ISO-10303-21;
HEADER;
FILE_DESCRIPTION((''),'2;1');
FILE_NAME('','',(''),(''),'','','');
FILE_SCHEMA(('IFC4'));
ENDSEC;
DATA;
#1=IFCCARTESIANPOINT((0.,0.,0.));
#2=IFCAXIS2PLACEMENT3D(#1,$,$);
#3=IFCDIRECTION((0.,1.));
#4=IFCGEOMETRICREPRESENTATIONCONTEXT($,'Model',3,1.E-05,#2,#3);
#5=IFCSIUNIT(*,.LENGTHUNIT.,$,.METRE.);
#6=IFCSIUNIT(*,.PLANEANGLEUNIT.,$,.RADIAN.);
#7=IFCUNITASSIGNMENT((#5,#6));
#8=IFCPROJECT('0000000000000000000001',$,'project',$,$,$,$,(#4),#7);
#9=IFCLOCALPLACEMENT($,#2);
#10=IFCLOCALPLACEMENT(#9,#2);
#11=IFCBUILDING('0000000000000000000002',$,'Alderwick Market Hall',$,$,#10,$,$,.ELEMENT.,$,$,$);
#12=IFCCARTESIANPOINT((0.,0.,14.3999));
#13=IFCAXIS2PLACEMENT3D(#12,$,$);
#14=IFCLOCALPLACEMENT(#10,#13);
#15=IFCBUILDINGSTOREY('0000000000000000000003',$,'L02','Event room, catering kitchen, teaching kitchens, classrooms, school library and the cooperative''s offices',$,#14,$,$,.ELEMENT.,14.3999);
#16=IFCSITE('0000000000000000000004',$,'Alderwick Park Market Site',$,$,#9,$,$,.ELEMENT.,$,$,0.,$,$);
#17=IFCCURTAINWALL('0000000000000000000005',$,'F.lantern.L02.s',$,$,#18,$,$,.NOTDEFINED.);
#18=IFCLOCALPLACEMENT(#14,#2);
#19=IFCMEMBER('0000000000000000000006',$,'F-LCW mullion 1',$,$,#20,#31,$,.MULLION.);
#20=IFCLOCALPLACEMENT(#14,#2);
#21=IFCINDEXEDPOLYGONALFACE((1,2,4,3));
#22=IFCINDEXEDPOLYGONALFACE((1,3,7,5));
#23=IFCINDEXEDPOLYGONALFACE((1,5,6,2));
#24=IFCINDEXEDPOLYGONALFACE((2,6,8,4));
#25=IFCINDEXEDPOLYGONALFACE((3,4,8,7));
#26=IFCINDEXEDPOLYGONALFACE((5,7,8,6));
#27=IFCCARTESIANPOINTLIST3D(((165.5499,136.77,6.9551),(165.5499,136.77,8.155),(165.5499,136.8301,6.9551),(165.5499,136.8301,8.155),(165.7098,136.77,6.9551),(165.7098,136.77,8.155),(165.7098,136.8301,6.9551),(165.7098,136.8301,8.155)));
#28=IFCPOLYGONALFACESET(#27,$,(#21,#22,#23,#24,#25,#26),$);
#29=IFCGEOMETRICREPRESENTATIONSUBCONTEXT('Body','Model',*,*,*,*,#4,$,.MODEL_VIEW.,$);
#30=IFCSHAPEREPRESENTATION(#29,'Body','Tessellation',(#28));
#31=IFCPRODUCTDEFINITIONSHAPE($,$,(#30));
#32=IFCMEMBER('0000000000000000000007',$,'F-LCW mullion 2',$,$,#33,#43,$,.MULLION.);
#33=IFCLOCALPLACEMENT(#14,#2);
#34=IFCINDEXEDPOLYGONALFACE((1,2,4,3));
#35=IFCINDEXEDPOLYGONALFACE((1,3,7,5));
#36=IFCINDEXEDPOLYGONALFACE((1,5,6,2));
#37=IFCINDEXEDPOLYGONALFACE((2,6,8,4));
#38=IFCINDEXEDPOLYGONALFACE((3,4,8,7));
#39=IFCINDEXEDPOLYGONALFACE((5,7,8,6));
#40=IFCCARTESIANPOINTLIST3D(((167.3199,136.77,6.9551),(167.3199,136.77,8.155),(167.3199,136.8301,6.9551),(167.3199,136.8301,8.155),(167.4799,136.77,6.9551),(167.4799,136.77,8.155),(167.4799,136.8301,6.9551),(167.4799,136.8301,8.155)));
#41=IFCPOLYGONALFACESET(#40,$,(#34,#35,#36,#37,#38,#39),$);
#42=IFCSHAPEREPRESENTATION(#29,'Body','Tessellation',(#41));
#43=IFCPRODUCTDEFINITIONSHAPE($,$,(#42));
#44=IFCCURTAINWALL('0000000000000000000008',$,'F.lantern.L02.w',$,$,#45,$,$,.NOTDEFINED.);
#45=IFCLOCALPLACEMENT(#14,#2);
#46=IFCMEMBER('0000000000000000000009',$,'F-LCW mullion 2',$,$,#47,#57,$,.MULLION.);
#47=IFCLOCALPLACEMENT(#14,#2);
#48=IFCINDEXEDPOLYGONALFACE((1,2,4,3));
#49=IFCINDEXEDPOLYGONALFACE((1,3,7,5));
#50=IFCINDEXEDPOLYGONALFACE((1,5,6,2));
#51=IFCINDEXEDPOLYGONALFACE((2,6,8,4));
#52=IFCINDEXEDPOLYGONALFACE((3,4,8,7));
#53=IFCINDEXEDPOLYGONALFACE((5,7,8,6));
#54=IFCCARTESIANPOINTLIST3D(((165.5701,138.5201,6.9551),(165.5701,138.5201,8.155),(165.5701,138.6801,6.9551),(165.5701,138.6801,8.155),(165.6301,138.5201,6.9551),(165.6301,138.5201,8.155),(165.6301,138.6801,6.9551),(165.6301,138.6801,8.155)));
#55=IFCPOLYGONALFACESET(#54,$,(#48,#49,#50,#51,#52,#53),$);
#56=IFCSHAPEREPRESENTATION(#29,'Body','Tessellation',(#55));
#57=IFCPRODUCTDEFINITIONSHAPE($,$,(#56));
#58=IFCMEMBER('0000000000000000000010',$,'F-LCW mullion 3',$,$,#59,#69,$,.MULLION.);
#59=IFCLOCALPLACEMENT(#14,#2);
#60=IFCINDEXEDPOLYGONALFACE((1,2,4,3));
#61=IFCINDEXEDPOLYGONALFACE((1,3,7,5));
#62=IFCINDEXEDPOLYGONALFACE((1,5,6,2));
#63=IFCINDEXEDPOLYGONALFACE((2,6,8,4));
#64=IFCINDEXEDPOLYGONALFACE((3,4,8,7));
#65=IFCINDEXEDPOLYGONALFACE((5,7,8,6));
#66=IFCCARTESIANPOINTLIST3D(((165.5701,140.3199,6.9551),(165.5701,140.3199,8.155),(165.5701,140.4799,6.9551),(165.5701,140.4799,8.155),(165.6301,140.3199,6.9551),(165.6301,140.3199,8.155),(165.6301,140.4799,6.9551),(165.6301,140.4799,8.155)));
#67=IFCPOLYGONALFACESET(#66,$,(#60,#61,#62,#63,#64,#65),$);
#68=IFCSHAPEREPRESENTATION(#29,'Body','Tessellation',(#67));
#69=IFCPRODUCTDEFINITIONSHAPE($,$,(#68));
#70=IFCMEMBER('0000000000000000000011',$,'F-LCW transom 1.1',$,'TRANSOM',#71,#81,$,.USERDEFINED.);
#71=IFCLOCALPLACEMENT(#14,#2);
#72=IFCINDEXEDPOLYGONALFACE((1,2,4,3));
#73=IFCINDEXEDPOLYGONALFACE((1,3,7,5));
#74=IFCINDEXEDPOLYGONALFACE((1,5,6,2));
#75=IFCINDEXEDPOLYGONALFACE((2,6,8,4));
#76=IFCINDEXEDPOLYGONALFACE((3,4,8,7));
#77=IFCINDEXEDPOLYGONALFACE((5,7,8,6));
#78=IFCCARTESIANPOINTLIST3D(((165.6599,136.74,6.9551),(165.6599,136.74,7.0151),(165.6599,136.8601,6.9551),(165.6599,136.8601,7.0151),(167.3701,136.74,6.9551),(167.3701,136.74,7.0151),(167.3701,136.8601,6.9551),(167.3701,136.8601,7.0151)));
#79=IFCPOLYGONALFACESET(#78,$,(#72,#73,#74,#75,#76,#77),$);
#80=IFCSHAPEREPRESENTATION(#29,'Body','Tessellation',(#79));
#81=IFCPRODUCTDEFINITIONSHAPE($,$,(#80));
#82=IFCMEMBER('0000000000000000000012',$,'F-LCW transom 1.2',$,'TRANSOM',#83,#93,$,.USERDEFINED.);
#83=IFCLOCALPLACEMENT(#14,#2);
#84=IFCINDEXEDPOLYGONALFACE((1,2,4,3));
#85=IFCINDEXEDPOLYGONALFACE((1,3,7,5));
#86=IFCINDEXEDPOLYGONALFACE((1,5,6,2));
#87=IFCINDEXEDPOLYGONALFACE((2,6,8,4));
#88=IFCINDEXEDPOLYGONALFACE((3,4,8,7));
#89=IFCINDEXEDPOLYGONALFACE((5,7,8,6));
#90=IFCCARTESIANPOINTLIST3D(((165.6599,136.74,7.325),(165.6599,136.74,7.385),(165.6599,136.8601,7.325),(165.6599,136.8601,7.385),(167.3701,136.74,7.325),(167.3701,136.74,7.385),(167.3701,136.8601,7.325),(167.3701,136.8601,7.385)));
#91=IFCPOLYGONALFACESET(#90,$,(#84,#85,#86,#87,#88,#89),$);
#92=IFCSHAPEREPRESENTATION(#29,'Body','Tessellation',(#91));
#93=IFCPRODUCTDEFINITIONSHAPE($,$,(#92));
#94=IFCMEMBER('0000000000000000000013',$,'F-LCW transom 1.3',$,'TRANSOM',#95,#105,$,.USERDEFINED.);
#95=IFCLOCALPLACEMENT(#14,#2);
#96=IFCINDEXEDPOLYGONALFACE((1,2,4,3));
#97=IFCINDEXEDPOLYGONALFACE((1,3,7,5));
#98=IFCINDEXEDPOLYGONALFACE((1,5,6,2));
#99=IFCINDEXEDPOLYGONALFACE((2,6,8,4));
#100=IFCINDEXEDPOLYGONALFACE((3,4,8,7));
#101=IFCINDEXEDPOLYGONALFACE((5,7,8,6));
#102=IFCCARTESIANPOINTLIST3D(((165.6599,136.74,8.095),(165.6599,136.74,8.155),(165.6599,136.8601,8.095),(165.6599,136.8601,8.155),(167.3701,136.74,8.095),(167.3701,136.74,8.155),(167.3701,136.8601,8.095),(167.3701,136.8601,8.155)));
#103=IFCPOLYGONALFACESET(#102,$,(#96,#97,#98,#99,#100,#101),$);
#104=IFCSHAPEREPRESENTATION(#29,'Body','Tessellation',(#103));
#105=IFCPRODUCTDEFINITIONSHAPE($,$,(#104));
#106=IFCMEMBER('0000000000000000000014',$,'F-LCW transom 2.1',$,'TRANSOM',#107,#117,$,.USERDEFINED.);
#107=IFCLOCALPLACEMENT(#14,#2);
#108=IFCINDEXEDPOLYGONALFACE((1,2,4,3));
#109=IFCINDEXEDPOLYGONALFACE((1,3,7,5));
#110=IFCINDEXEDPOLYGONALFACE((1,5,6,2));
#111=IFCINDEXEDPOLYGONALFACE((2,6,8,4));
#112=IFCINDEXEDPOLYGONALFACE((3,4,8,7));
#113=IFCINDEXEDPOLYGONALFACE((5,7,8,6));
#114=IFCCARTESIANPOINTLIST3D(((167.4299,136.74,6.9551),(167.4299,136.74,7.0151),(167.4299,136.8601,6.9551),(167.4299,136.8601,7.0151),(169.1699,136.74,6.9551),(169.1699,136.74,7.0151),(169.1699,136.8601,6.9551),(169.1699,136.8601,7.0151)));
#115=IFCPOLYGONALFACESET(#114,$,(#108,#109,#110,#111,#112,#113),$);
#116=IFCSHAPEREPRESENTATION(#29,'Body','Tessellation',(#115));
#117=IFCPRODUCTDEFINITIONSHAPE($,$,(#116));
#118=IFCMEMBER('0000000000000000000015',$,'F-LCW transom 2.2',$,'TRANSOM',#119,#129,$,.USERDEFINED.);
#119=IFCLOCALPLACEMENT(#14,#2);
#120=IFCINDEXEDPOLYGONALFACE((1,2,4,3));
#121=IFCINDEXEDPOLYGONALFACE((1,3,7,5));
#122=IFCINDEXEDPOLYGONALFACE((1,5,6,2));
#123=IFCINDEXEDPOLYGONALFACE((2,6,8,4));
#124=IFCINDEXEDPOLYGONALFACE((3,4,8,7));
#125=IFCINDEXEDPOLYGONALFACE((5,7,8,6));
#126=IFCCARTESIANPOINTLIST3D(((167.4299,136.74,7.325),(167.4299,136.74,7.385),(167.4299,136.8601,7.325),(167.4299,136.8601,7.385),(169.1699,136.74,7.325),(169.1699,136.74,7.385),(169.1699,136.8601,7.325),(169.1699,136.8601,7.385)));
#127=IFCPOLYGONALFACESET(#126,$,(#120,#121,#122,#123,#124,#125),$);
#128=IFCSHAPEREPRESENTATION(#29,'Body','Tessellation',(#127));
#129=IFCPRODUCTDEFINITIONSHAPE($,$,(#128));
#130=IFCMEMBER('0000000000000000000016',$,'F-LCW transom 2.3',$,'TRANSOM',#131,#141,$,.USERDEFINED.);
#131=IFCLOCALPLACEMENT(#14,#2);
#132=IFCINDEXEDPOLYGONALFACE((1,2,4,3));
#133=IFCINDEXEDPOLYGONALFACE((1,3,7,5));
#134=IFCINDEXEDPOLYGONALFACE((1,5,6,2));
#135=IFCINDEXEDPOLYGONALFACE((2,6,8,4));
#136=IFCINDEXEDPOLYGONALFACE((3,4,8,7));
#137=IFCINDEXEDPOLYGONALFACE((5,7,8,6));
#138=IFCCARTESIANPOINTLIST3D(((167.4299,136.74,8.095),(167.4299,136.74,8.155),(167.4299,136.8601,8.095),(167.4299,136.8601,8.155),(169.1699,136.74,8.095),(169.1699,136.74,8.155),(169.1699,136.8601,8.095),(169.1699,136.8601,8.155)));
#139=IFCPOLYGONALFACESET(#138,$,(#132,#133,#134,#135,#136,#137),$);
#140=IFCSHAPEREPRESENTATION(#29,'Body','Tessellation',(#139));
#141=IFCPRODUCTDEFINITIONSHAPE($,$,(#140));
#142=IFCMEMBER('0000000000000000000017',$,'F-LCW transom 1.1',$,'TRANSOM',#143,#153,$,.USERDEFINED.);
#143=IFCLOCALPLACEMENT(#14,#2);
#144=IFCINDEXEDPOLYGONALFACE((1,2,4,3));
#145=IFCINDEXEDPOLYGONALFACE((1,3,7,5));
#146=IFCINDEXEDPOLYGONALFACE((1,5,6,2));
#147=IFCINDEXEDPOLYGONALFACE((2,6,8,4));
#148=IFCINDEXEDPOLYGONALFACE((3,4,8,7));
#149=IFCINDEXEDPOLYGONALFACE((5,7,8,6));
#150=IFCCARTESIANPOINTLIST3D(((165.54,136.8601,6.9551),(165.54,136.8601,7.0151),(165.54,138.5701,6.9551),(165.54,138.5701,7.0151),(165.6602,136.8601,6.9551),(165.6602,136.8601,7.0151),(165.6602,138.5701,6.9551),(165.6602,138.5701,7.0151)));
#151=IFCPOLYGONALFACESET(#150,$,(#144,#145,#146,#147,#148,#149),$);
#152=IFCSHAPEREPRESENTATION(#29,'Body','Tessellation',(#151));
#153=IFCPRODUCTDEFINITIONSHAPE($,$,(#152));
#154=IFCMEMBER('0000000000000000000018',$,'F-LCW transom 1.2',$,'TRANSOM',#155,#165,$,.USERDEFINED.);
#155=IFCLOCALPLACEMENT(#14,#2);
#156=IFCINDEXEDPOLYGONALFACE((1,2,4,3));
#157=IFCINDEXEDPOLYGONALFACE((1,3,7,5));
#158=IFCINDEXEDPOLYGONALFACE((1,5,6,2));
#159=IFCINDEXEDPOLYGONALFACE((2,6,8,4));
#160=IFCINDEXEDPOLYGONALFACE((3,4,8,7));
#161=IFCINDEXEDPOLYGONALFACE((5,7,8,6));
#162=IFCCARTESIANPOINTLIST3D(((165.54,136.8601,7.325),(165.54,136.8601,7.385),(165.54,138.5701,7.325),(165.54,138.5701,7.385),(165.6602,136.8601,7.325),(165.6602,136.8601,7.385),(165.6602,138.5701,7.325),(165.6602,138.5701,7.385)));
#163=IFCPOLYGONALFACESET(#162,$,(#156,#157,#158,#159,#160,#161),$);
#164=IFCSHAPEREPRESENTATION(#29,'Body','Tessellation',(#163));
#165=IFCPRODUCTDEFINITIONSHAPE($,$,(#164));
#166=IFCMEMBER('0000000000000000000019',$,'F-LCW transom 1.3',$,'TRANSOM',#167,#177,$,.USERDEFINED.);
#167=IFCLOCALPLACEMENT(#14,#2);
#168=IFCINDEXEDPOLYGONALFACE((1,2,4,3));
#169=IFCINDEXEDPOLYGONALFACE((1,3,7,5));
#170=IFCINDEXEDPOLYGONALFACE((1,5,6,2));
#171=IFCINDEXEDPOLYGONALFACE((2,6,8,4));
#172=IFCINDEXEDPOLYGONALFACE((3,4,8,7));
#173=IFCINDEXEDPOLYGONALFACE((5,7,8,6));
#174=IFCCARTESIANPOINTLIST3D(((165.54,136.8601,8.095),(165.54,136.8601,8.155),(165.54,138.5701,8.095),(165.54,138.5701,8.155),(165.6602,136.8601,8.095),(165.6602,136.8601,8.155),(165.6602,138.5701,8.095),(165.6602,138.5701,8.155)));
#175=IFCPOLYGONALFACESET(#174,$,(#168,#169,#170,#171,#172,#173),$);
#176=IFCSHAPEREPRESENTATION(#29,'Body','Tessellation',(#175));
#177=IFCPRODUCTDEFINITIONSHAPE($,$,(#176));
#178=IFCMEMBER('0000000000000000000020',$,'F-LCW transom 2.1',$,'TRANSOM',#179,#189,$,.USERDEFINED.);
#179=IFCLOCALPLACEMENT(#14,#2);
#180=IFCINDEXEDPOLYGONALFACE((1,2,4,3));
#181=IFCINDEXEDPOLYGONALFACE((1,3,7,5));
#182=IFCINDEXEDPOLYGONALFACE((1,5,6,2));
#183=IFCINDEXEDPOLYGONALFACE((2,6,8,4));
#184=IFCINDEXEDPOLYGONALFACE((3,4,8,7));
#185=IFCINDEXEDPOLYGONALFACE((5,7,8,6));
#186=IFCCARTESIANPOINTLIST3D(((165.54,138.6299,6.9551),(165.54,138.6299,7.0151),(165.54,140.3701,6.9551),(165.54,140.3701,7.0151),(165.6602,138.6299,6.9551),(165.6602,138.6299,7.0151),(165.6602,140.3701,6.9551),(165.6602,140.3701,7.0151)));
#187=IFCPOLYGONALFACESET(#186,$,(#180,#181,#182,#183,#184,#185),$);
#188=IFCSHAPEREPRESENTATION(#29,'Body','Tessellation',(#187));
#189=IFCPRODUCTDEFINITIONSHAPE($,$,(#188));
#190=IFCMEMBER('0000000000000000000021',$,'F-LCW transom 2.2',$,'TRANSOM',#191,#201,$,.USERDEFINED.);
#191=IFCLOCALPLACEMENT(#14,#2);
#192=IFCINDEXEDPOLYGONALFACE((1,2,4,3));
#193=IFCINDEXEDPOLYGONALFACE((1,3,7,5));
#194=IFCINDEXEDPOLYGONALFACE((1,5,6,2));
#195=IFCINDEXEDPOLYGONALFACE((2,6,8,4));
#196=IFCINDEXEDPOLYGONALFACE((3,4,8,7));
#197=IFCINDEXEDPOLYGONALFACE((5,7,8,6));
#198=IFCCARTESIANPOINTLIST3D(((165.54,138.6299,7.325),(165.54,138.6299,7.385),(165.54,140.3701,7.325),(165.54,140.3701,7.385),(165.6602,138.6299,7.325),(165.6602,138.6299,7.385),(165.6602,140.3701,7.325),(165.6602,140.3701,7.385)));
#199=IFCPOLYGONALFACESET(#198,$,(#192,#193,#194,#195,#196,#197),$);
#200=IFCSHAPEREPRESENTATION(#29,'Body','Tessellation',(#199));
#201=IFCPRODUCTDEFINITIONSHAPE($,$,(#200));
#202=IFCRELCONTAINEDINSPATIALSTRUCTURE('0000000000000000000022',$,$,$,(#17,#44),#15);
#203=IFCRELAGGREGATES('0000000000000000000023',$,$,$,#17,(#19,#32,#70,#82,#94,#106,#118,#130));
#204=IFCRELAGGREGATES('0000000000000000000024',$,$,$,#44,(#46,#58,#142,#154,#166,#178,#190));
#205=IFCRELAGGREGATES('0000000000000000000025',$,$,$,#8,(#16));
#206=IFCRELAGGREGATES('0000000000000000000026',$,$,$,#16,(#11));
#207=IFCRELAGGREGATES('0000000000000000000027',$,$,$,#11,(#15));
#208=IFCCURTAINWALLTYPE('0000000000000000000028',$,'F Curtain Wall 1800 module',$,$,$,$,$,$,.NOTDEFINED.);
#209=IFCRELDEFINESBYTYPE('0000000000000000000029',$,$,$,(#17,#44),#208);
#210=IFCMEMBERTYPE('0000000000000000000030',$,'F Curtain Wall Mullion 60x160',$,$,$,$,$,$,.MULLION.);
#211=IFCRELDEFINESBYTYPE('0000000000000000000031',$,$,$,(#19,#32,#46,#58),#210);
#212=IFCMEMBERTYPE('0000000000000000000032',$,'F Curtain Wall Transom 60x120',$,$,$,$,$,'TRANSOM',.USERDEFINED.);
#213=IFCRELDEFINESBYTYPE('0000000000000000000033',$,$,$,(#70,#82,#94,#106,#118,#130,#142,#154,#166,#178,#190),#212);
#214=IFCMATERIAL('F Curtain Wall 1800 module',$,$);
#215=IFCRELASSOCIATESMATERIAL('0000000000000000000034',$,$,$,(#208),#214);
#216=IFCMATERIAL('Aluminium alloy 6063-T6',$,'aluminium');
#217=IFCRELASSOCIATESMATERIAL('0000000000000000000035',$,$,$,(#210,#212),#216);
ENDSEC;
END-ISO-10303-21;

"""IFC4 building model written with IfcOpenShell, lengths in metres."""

from ifc_helpers import new_model, si_unit, direction, frame, origin, origin_2d, place, context, subcontext, project, spatial, rectangle, extrude, material, material_profile, profile_set, type_object, element, aggregate, save


model = new_model("IFC4")

# Units and contexts
model_context = context("Model", 3, precision=1e-05, world=origin(), true_north=direction((0.0, 1.0)))
body_context = subcontext(model_context, "Body", "Model", "MODEL_VIEW")
ifc_project = project(units=[si_unit("LENGTHUNIT", "METRE"), si_unit("PLANEANGLEUNIT", "RADIAN")], contexts=[model_context])

# Site, building, storey
site_placement = place(None, origin())
site = spatial("IfcSite", under=ifc_project, at=site_placement, Name="Alderwick Park Market Site", CompositionType="ELEMENT", RefElevation=0.0)
building_placement = place(site_placement, origin())
building = spatial("IfcBuilding", under=site, at=building_placement, Name="Alderwick Market Hall", CompositionType="ELEMENT")
storey_placement = place(building_placement, frame((0.0, 0.0, 14.3999)))
storey = spatial("IfcBuildingStorey", under=building, at=storey_placement, Name="L02", Description="Event room, catering kitchen, teaching kitchens, classrooms, school library and the cooperative's offices", CompositionType="ELEMENT", Elevation=14.3999)

# Curtain walls, members
ifc_material_1 = material(Name="F Curtain Wall 1800 module")
curtain_wall_type = type_object("IfcCurtainWallType", Name="F Curtain Wall 1800 module", PredefinedType="NOTDEFINED", material=ifc_material_1)
curtain_wall_1_placement = place(storey_placement, origin())
curtain_wall_1 = element("IfcCurtainWall", 1, at=curtain_wall_1_placement, inside=storey, type_object=curtain_wall_type, Name="F.lantern.L02.s", PredefinedType="NOTDEFINED")
ifc_material_2 = material(Name="Aluminium alloy 6063-T6", Category="aluminium")
ifc_material_profile_1 = material_profile(ifc_material_2, rectangle(XDim=0.0601, YDim=0.1599, at=origin_2d()), Name="AL 60x160")
ifc_profile_set_1 = profile_set([ifc_material_profile_1], Name="Aluminium alloy 6063-T6")
member_type_1 = type_object("IfcMemberType", Name="F Curtain Wall Mullion 60x160", PredefinedType="MULLION", material=ifc_profile_set_1)
member_1_placement = place(storey_placement, frame((165.6299, 136.8, 6.9551), z_axis=(0.0, 0.0, 1.0), x_axis=(0.0, 1.0, 0.0)))
member_1 = element("IfcMember", 2, at=member_1_placement, type_object=member_type_1, Name="F-LCW mullion 1", PredefinedType="MULLION", context=body_context, shape_type="SweptSolid", body=[
    extrude(rectangle(XDim=0.0601, YDim=0.1599, at=origin_2d()), origin(), (0.0, 0.0, 1.0), 1.2),
])
member_2_placement = place(storey_placement, frame((167.3999, 136.8, 6.9551), z_axis=(0.0, 0.0, 1.0), x_axis=(0.0, 1.0, 0.0)))
member_2 = element("IfcMember", 3, at=member_2_placement, type_object=member_type_1, Name="F-LCW mullion 2", PredefinedType="MULLION", context=body_context, shape_type="SweptSolid", body=[
    extrude(rectangle(XDim=0.0601, YDim=0.1599, at=origin_2d()), origin(), (0.0, 0.0, 1.0), 1.2),
])
curtain_wall_2_placement = place(storey_placement, origin())
curtain_wall_2 = element("IfcCurtainWall", 4, at=curtain_wall_2_placement, inside=storey, type_object=curtain_wall_type, Name="F.lantern.L02.w", PredefinedType="NOTDEFINED")
member_3_placement = place(storey_placement, frame((165.6001, 138.6001, 6.9551), z_axis=(0.0, 0.0, 1.0), x_axis=(-1.0, 0.0, 0.0)))
member_3 = element("IfcMember", 5, at=member_3_placement, type_object=member_type_1, Name="F-LCW mullion 2", PredefinedType="MULLION", context=body_context, shape_type="SweptSolid", body=[
    extrude(rectangle(XDim=0.0601, YDim=0.1599, at=origin_2d()), origin(), (0.0, 0.0, 1.0), 1.2),
])
member_4_placement = place(storey_placement, frame((165.6001, 140.3999, 6.9551), z_axis=(0.0, 0.0, 1.0), x_axis=(-1.0, 0.0, 0.0)))
member_4 = element("IfcMember", 6, at=member_4_placement, type_object=member_type_1, Name="F-LCW mullion 3", PredefinedType="MULLION", context=body_context, shape_type="SweptSolid", body=[
    extrude(rectangle(XDim=0.0601, YDim=0.1599, at=origin_2d()), origin(), (0.0, 0.0, 1.0), 1.2),
])

# Members
ifc_material_profile_2 = material_profile(ifc_material_2, rectangle(XDim=0.1201, YDim=0.0601, at=origin_2d()), Name="AL 60x120")
ifc_profile_set_2 = profile_set([ifc_material_profile_2], Name="Aluminium alloy 6063-T6")
member_type_2 = type_object("IfcMemberType", Name="F Curtain Wall Transom 60x120", ElementType="TRANSOM", PredefinedType="USERDEFINED", material=ifc_profile_set_2)
member_5_placement = place(storey_placement, frame((165.6599, 136.8, 6.9851), z_axis=(1.0, 0.0, 0.0), x_axis=(0.0, 1.0, 0.0)))
member_5 = element("IfcMember", 7, at=member_5_placement, type_object=member_type_2, Name="F-LCW transom 1.1", ObjectType="TRANSOM", PredefinedType="USERDEFINED", context=body_context, shape_type="SweptSolid", body=[
    extrude(rectangle(XDim=0.1201, YDim=0.0601, at=origin_2d()), origin(), (0.0, 0.0, 1.0), 1.7102),
])
member_6_placement = place(storey_placement, frame((165.6599, 136.8, 7.355), z_axis=(1.0, 0.0, 0.0), x_axis=(0.0, 1.0, 0.0)))
member_6 = element("IfcMember", 8, at=member_6_placement, type_object=member_type_2, Name="F-LCW transom 1.2", ObjectType="TRANSOM", PredefinedType="USERDEFINED", context=body_context, shape_type="SweptSolid", body=[
    extrude(rectangle(XDim=0.1201, YDim=0.0601, at=origin_2d()), origin(), (0.0, 0.0, 1.0), 1.7102),
])
member_7_placement = place(storey_placement, frame((165.6599, 136.8, 8.125), z_axis=(1.0, 0.0, 0.0), x_axis=(0.0, 1.0, 0.0)))
member_7 = element("IfcMember", 9, at=member_7_placement, type_object=member_type_2, Name="F-LCW transom 1.3", ObjectType="TRANSOM", PredefinedType="USERDEFINED", context=body_context, shape_type="SweptSolid", body=[
    extrude(rectangle(XDim=0.1201, YDim=0.0601, at=origin_2d()), origin(), (0.0, 0.0, 1.0), 1.7102),
])
member_8_placement = place(storey_placement, frame((167.4299, 136.8, 6.9851), z_axis=(1.0, 0.0, 0.0), x_axis=(0.0, 1.0, 0.0)))
member_8 = element("IfcMember", 10, at=member_8_placement, type_object=member_type_2, Name="F-LCW transom 2.1", ObjectType="TRANSOM", PredefinedType="USERDEFINED", context=body_context, shape_type="SweptSolid", body=[
    extrude(rectangle(XDim=0.1201, YDim=0.0601, at=origin_2d()), origin(), (0.0, 0.0, 1.0), 1.74),
])
member_9_placement = place(storey_placement, frame((167.4299, 136.8, 7.355), z_axis=(1.0, 0.0, 0.0), x_axis=(0.0, 1.0, 0.0)))
member_9 = element("IfcMember", 11, at=member_9_placement, type_object=member_type_2, Name="F-LCW transom 2.2", ObjectType="TRANSOM", PredefinedType="USERDEFINED", context=body_context, shape_type="SweptSolid", body=[
    extrude(rectangle(XDim=0.1201, YDim=0.0601, at=origin_2d()), origin(), (0.0, 0.0, 1.0), 1.74),
])
member_10_placement = place(storey_placement, frame((167.4299, 136.8, 8.125), z_axis=(1.0, 0.0, 0.0), x_axis=(0.0, 1.0, 0.0)))
member_10 = element("IfcMember", 12, at=member_10_placement, type_object=member_type_2, Name="F-LCW transom 2.3", ObjectType="TRANSOM", PredefinedType="USERDEFINED", context=body_context, shape_type="SweptSolid", body=[
    extrude(rectangle(XDim=0.1201, YDim=0.0601, at=origin_2d()), origin(), (0.0, 0.0, 1.0), 1.74),
])
member_11_placement = place(storey_placement, frame((165.6001, 136.8601, 6.9851), z_axis=(0.0, 1.0, 0.0), x_axis=(-1.0, 0.0, 0.0)))
member_11 = element("IfcMember", 13, at=member_11_placement, type_object=member_type_2, Name="F-LCW transom 1.1", ObjectType="TRANSOM", PredefinedType="USERDEFINED", context=body_context, shape_type="SweptSolid", body=[
    extrude(rectangle(XDim=0.1201, YDim=0.0601, at=origin_2d()), origin(), (0.0, 0.0, 1.0), 1.71),
])
member_12_placement = place(storey_placement, frame((165.6001, 136.8601, 7.355), z_axis=(0.0, 1.0, 0.0), x_axis=(-1.0, 0.0, 0.0)))
member_12 = element("IfcMember", 14, at=member_12_placement, type_object=member_type_2, Name="F-LCW transom 1.2", ObjectType="TRANSOM", PredefinedType="USERDEFINED", context=body_context, shape_type="SweptSolid", body=[
    extrude(rectangle(XDim=0.1201, YDim=0.0601, at=origin_2d()), origin(), (0.0, 0.0, 1.0), 1.71),
])
member_13_placement = place(storey_placement, frame((165.6001, 136.8601, 8.125), z_axis=(0.0, 1.0, 0.0), x_axis=(-1.0, 0.0, 0.0)))
member_13 = element("IfcMember", 15, at=member_13_placement, type_object=member_type_2, Name="F-LCW transom 1.3", ObjectType="TRANSOM", PredefinedType="USERDEFINED", context=body_context, shape_type="SweptSolid", body=[
    extrude(rectangle(XDim=0.1201, YDim=0.0601, at=origin_2d()), origin(), (0.0, 0.0, 1.0), 1.71),
])
member_14_placement = place(storey_placement, frame((165.6001, 138.6299, 6.9851), z_axis=(0.0, 1.0, 0.0), x_axis=(-1.0, 0.0, 0.0)))
member_14 = element("IfcMember", 16, at=member_14_placement, type_object=member_type_2, Name="F-LCW transom 2.1", ObjectType="TRANSOM", PredefinedType="USERDEFINED", context=body_context, shape_type="SweptSolid", body=[
    extrude(rectangle(XDim=0.1201, YDim=0.0601, at=origin_2d()), origin(), (0.0, 0.0, 1.0), 1.7402),
])
member_15_placement = place(storey_placement, frame((165.6001, 138.6299, 7.355), z_axis=(0.0, 1.0, 0.0), x_axis=(-1.0, 0.0, 0.0)))
member_15 = element("IfcMember", 17, at=member_15_placement, type_object=member_type_2, Name="F-LCW transom 2.2", ObjectType="TRANSOM", PredefinedType="USERDEFINED", context=body_context, shape_type="SweptSolid", body=[
    extrude(rectangle(XDim=0.1201, YDim=0.0601, at=origin_2d()), origin(), (0.0, 0.0, 1.0), 1.7402),
])

aggregate(curtain_wall_1, [member_1, member_2, member_5, member_6, member_7, member_8, member_9, member_10])
aggregate(curtain_wall_2, [member_3, member_4, member_11, member_12, member_13, member_14, member_15])

save(model, "model.ifc")
